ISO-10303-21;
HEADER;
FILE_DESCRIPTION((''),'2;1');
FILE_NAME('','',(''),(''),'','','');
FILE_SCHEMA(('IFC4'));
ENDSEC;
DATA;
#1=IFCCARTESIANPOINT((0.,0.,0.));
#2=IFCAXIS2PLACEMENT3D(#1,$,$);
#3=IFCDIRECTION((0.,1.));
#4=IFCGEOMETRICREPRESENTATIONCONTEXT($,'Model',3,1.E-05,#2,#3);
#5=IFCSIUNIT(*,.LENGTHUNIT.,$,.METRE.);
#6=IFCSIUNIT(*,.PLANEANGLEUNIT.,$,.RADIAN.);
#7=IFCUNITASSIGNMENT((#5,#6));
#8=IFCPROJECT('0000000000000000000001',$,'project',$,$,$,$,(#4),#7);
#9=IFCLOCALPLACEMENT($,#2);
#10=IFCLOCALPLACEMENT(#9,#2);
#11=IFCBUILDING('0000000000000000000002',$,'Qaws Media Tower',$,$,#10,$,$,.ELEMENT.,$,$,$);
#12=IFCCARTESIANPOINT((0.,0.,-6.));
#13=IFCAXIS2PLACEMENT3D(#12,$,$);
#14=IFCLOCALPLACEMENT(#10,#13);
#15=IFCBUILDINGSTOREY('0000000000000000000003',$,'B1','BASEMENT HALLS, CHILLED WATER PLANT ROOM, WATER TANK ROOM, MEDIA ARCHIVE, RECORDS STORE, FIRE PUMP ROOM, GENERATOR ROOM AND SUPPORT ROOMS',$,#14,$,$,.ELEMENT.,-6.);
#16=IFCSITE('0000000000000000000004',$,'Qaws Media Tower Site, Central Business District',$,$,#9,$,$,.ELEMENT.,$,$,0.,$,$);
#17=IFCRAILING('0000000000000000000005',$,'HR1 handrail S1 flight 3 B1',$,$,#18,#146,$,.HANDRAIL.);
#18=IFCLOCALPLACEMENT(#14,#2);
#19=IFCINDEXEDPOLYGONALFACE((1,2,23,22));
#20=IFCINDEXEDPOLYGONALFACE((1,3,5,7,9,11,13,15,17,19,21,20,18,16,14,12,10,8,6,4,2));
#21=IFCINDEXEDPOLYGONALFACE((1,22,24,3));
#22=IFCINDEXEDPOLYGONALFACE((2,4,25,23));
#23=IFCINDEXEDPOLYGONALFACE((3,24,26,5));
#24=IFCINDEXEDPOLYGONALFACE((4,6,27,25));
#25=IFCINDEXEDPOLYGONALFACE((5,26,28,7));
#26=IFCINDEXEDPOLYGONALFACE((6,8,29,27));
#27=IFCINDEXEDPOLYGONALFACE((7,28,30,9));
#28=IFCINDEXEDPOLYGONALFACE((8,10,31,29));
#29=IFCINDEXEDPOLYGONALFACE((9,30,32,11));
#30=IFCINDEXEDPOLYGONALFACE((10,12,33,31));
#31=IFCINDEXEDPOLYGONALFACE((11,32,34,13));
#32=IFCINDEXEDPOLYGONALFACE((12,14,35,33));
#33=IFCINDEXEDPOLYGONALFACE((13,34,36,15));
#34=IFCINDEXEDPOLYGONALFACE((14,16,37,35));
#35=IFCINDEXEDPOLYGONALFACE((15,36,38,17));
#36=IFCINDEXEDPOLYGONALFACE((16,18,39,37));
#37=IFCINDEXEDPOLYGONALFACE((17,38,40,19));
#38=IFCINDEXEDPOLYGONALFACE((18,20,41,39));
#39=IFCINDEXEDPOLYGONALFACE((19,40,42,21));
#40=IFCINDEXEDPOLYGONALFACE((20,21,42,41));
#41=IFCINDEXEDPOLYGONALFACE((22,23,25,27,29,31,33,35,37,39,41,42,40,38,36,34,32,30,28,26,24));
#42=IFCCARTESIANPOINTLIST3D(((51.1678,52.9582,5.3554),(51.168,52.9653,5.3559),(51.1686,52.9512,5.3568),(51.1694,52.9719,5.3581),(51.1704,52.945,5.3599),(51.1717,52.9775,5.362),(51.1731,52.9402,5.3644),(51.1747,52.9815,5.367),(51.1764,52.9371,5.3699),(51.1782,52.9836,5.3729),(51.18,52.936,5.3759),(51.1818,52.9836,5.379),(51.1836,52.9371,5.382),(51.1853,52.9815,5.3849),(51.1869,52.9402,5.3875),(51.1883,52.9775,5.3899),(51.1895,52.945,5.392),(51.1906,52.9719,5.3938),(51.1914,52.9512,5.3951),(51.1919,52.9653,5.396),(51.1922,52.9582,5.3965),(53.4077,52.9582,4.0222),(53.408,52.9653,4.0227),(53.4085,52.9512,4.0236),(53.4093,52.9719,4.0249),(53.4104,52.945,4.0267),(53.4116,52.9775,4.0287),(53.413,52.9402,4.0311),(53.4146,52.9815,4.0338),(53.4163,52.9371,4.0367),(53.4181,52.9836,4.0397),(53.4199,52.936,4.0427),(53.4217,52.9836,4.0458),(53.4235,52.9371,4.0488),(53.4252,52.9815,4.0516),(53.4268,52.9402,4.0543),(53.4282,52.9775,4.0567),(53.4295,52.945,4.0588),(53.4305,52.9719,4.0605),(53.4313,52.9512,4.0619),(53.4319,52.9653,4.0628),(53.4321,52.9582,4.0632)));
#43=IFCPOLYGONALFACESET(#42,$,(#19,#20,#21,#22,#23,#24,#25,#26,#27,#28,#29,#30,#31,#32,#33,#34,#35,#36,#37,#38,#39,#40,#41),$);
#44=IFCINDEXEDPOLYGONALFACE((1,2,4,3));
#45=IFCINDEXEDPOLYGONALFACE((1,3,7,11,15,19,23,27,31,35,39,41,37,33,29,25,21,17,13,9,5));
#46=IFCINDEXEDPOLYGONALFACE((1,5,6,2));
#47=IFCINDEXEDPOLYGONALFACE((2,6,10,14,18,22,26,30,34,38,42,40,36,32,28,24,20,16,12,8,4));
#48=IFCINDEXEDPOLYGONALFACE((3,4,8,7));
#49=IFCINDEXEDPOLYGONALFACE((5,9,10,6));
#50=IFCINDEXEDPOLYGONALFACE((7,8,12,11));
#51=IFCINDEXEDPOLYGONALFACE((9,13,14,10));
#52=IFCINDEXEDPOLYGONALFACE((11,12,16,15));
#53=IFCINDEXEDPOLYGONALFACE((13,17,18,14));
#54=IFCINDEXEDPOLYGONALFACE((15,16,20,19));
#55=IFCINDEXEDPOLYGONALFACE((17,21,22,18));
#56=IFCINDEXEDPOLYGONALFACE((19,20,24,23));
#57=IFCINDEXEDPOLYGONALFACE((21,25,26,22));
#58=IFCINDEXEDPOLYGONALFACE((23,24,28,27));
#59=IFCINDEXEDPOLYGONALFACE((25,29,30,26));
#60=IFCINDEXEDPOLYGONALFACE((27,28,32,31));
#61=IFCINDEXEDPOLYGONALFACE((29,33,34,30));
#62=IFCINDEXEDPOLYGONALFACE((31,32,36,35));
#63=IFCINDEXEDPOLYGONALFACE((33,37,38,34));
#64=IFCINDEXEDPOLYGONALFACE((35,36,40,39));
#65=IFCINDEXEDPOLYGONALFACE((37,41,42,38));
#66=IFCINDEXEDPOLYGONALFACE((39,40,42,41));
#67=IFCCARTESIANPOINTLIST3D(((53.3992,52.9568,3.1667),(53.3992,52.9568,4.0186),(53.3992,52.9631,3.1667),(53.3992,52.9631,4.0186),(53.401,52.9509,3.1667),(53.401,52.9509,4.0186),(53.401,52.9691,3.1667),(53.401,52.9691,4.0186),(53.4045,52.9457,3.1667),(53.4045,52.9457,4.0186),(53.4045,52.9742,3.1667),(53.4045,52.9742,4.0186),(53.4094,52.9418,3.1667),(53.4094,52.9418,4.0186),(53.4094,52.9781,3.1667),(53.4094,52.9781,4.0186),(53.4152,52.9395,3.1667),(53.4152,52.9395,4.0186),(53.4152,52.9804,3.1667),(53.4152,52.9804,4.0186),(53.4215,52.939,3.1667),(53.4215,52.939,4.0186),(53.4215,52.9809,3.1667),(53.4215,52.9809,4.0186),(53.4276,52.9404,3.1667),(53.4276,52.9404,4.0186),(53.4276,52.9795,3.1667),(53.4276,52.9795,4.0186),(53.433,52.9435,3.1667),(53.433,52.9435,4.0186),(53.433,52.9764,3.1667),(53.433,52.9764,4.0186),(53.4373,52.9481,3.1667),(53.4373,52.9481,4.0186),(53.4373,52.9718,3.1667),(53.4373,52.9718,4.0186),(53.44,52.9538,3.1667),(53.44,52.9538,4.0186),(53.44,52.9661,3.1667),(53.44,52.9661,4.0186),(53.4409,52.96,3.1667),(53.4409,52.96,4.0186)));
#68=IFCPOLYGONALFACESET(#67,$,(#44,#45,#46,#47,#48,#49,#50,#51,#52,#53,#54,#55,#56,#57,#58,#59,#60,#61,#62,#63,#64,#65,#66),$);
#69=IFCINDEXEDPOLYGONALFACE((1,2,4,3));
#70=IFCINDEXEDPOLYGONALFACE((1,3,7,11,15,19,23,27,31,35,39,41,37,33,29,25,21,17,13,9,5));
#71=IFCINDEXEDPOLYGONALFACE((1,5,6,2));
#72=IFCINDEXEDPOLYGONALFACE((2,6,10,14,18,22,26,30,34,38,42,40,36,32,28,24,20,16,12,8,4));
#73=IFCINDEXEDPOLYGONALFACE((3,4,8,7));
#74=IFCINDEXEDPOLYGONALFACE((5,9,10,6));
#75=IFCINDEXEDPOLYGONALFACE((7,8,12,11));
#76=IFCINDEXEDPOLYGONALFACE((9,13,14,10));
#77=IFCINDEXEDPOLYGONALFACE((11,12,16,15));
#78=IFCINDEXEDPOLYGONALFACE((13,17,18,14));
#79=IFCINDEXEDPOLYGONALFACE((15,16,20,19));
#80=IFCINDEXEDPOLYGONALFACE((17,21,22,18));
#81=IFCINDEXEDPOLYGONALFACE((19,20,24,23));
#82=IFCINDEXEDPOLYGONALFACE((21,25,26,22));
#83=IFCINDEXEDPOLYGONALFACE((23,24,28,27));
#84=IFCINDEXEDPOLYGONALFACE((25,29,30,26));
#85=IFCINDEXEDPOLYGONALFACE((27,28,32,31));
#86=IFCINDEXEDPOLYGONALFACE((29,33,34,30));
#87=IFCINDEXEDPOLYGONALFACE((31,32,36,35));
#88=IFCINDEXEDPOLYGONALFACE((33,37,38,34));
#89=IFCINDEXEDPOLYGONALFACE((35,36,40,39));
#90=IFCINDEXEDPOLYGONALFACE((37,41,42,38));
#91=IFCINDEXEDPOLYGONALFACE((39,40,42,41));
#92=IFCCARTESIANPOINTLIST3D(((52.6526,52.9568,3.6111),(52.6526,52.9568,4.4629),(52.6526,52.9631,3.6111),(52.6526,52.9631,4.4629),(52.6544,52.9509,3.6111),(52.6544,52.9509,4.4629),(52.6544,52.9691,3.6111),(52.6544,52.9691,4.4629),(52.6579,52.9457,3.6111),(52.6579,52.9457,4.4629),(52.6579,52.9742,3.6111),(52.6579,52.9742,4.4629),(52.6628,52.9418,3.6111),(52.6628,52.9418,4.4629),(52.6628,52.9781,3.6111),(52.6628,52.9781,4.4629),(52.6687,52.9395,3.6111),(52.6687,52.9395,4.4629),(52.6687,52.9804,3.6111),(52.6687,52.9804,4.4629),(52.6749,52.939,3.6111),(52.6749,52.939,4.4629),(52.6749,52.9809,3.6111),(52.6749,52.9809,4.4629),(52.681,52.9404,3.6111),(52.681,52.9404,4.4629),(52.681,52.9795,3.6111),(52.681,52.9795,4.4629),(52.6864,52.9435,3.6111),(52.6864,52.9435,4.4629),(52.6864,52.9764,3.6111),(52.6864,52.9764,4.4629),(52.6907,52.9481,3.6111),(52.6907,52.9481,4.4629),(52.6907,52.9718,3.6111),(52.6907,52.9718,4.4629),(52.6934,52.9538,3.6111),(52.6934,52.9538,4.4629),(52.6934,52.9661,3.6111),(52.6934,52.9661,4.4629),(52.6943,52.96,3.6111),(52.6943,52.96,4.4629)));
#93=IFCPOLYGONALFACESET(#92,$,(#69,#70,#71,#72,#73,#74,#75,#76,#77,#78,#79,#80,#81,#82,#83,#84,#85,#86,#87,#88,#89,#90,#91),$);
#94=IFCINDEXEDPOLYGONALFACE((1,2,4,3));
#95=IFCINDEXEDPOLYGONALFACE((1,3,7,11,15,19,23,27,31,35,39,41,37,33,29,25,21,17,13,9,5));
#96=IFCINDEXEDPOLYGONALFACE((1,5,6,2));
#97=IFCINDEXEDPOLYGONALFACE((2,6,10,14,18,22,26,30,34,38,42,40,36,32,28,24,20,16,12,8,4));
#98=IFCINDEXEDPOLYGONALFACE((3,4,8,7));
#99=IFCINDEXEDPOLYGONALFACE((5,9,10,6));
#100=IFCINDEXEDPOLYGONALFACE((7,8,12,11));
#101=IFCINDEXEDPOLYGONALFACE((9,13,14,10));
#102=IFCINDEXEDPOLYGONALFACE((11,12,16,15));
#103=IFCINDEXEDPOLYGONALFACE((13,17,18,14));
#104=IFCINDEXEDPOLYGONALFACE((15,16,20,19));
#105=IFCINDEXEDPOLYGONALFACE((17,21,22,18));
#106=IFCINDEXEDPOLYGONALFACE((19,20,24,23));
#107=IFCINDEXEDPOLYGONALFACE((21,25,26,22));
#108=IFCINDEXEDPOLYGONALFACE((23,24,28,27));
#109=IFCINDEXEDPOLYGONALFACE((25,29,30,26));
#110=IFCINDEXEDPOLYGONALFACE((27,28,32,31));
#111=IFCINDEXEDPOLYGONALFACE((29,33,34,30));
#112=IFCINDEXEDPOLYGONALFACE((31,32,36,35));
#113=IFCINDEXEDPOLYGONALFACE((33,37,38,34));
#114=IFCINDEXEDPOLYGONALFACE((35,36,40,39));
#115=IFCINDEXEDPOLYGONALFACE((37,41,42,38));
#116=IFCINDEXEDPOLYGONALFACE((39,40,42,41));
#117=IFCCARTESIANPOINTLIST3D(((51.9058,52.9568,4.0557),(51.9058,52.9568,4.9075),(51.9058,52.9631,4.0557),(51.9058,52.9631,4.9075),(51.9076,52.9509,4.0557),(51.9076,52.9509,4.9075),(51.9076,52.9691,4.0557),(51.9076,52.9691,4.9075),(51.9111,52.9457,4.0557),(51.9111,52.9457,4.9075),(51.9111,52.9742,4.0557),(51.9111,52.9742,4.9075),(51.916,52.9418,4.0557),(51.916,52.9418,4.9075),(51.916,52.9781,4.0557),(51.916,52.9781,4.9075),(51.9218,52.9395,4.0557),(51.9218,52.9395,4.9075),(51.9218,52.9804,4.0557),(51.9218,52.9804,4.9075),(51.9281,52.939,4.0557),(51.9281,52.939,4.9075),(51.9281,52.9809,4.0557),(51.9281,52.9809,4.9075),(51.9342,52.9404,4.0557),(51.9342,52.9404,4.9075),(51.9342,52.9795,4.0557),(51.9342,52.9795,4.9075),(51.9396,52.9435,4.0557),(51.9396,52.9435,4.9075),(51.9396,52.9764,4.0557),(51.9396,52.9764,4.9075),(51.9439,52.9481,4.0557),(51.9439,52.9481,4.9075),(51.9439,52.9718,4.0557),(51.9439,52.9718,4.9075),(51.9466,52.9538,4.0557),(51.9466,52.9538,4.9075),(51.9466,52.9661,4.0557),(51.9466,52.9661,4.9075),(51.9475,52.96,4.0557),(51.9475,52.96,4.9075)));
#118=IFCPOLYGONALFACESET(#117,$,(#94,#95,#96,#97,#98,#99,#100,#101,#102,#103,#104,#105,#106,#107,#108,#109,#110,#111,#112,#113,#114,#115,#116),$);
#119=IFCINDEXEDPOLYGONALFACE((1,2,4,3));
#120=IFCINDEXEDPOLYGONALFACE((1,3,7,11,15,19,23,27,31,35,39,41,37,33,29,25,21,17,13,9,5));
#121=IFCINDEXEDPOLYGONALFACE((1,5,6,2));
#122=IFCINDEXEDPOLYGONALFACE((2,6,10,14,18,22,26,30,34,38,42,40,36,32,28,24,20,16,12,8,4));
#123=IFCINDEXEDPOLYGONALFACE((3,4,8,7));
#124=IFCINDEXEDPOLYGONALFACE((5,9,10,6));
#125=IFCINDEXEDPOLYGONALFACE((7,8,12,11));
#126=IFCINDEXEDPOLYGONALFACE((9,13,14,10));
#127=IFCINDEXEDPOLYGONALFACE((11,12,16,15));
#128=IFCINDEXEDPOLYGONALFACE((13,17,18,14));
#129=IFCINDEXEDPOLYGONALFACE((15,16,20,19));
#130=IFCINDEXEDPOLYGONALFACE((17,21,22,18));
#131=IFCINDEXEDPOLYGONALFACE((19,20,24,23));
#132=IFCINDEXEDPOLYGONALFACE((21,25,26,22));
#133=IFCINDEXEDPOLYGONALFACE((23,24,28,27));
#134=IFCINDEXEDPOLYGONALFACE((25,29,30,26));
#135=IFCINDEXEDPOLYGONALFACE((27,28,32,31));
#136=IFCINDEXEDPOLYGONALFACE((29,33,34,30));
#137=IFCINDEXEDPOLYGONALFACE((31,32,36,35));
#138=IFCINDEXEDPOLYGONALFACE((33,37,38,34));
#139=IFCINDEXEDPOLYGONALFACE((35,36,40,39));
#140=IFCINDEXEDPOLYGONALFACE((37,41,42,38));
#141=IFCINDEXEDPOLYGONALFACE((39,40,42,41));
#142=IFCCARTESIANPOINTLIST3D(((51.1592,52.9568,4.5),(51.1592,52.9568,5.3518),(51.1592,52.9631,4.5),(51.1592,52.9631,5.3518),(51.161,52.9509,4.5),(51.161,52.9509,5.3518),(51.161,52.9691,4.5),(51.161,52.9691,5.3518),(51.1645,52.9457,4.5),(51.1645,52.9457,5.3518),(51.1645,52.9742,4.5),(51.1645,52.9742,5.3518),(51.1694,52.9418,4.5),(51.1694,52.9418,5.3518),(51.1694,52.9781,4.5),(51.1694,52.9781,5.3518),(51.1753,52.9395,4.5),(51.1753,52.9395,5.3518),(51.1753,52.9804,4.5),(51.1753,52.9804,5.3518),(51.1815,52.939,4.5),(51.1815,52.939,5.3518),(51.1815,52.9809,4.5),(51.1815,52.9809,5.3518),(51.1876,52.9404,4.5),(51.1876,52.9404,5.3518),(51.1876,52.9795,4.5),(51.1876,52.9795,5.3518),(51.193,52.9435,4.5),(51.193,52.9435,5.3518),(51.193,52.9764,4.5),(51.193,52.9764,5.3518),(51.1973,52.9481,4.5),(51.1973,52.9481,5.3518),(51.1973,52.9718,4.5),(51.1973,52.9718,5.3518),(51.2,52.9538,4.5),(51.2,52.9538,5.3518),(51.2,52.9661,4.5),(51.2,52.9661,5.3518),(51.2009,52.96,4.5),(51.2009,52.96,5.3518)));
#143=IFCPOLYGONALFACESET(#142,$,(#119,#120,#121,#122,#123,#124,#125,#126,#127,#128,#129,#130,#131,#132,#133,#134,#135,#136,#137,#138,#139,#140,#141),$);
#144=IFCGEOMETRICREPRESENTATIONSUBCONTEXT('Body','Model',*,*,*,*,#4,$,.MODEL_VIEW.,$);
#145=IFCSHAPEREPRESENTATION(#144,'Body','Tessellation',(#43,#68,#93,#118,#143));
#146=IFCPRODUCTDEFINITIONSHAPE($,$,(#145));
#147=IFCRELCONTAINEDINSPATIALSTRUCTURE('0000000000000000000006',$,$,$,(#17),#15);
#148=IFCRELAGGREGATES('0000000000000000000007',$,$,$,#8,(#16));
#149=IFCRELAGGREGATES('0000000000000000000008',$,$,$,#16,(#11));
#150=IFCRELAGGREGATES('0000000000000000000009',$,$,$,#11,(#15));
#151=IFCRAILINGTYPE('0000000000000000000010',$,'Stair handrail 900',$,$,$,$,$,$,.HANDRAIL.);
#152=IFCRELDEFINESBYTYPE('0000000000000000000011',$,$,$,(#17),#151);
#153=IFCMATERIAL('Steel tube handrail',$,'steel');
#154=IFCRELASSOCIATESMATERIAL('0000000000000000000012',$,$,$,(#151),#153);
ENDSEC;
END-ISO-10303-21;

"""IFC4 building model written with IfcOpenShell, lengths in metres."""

from ifc_helpers import new_model, si_unit, direction, frame, origin, origin_2d, place, context, subcontext, project, spatial, circle, extrude, material, type_object, element, save


model = new_model("IFC4")

# Units and contexts
model_context = context("Model", 3, precision=1e-05, world=origin(), true_north=direction((0.0, 1.0)))
body_context = subcontext(model_context, "Body", "Model", "MODEL_VIEW")
ifc_project = project(units=[si_unit("LENGTHUNIT", "METRE"), si_unit("PLANEANGLEUNIT", "RADIAN")], contexts=[model_context])

# Site, building, storey
site_placement = place(None, origin())
site = spatial("IfcSite", under=ifc_project, at=site_placement, Name="Qaws Media Tower Site, Central Business District", CompositionType="ELEMENT", RefElevation=0.0)
building_placement = place(site_placement, origin())
building = spatial("IfcBuilding", under=site, at=building_placement, Name="Qaws Media Tower", CompositionType="ELEMENT")
storey_placement = place(building_placement, frame((0.0, 0.0, -6.0)))
storey = spatial("IfcBuildingStorey", under=building, at=storey_placement, Name="B1", Description="BASEMENT HALLS, CHILLED WATER PLANT ROOM, WATER TANK ROOM, MEDIA ARCHIVE, RECORDS STORE, FIRE PUMP ROOM, GENERATOR ROOM AND SUPPORT ROOMS", CompositionType="ELEMENT", Elevation=-6.0)

# Railing
ifc_material_1 = material(Name="Steel tube handrail", Category="steel")
railing_type = type_object("IfcRailingType", Name="Stair handrail 900", PredefinedType="HANDRAIL", material=ifc_material_1)
for number, where, name in (
    (1, (53.4199, 52.96, 3.1667), "HR1 handrail S1 flight 3 B1"),
):
    element("IfcRailing", number, at=place(storey_placement, frame(where)), inside=storey, type_object=railing_type, Name=name, PredefinedType="HANDRAIL", context=body_context, shape_type="SweptSolid", body=[
        extrude(circle(Radius=0.0239, at=origin_2d()), frame((0.0, 0.0, 0.876), z_axis=(-0.859306, 0.0, 0.511462), x_axis=(0.0, -1.0, 0.0)), (0.0, 0.0, 1.0), 2.6067),
        extrude(circle(Radius=0.021, at=origin_2d()), origin(), (0.0, 0.0, 1.0), 0.8518),
        extrude(circle(Radius=0.021, at=origin_2d()), frame((-0.7466, 0.0, 0.4443)), (0.0, 0.0, 1.0), 0.8518),
        extrude(circle(Radius=0.021, at=origin_2d()), frame((-1.4934, 0.0, 0.8889)), (0.0, 0.0, 1.0), 0.8518),
        extrude(circle(Radius=0.021, at=origin_2d()), frame((-2.24, 0.0, 1.3333)), (0.0, 0.0, 1.0), 0.8518),
    ])

save(model, "model.ifc")
